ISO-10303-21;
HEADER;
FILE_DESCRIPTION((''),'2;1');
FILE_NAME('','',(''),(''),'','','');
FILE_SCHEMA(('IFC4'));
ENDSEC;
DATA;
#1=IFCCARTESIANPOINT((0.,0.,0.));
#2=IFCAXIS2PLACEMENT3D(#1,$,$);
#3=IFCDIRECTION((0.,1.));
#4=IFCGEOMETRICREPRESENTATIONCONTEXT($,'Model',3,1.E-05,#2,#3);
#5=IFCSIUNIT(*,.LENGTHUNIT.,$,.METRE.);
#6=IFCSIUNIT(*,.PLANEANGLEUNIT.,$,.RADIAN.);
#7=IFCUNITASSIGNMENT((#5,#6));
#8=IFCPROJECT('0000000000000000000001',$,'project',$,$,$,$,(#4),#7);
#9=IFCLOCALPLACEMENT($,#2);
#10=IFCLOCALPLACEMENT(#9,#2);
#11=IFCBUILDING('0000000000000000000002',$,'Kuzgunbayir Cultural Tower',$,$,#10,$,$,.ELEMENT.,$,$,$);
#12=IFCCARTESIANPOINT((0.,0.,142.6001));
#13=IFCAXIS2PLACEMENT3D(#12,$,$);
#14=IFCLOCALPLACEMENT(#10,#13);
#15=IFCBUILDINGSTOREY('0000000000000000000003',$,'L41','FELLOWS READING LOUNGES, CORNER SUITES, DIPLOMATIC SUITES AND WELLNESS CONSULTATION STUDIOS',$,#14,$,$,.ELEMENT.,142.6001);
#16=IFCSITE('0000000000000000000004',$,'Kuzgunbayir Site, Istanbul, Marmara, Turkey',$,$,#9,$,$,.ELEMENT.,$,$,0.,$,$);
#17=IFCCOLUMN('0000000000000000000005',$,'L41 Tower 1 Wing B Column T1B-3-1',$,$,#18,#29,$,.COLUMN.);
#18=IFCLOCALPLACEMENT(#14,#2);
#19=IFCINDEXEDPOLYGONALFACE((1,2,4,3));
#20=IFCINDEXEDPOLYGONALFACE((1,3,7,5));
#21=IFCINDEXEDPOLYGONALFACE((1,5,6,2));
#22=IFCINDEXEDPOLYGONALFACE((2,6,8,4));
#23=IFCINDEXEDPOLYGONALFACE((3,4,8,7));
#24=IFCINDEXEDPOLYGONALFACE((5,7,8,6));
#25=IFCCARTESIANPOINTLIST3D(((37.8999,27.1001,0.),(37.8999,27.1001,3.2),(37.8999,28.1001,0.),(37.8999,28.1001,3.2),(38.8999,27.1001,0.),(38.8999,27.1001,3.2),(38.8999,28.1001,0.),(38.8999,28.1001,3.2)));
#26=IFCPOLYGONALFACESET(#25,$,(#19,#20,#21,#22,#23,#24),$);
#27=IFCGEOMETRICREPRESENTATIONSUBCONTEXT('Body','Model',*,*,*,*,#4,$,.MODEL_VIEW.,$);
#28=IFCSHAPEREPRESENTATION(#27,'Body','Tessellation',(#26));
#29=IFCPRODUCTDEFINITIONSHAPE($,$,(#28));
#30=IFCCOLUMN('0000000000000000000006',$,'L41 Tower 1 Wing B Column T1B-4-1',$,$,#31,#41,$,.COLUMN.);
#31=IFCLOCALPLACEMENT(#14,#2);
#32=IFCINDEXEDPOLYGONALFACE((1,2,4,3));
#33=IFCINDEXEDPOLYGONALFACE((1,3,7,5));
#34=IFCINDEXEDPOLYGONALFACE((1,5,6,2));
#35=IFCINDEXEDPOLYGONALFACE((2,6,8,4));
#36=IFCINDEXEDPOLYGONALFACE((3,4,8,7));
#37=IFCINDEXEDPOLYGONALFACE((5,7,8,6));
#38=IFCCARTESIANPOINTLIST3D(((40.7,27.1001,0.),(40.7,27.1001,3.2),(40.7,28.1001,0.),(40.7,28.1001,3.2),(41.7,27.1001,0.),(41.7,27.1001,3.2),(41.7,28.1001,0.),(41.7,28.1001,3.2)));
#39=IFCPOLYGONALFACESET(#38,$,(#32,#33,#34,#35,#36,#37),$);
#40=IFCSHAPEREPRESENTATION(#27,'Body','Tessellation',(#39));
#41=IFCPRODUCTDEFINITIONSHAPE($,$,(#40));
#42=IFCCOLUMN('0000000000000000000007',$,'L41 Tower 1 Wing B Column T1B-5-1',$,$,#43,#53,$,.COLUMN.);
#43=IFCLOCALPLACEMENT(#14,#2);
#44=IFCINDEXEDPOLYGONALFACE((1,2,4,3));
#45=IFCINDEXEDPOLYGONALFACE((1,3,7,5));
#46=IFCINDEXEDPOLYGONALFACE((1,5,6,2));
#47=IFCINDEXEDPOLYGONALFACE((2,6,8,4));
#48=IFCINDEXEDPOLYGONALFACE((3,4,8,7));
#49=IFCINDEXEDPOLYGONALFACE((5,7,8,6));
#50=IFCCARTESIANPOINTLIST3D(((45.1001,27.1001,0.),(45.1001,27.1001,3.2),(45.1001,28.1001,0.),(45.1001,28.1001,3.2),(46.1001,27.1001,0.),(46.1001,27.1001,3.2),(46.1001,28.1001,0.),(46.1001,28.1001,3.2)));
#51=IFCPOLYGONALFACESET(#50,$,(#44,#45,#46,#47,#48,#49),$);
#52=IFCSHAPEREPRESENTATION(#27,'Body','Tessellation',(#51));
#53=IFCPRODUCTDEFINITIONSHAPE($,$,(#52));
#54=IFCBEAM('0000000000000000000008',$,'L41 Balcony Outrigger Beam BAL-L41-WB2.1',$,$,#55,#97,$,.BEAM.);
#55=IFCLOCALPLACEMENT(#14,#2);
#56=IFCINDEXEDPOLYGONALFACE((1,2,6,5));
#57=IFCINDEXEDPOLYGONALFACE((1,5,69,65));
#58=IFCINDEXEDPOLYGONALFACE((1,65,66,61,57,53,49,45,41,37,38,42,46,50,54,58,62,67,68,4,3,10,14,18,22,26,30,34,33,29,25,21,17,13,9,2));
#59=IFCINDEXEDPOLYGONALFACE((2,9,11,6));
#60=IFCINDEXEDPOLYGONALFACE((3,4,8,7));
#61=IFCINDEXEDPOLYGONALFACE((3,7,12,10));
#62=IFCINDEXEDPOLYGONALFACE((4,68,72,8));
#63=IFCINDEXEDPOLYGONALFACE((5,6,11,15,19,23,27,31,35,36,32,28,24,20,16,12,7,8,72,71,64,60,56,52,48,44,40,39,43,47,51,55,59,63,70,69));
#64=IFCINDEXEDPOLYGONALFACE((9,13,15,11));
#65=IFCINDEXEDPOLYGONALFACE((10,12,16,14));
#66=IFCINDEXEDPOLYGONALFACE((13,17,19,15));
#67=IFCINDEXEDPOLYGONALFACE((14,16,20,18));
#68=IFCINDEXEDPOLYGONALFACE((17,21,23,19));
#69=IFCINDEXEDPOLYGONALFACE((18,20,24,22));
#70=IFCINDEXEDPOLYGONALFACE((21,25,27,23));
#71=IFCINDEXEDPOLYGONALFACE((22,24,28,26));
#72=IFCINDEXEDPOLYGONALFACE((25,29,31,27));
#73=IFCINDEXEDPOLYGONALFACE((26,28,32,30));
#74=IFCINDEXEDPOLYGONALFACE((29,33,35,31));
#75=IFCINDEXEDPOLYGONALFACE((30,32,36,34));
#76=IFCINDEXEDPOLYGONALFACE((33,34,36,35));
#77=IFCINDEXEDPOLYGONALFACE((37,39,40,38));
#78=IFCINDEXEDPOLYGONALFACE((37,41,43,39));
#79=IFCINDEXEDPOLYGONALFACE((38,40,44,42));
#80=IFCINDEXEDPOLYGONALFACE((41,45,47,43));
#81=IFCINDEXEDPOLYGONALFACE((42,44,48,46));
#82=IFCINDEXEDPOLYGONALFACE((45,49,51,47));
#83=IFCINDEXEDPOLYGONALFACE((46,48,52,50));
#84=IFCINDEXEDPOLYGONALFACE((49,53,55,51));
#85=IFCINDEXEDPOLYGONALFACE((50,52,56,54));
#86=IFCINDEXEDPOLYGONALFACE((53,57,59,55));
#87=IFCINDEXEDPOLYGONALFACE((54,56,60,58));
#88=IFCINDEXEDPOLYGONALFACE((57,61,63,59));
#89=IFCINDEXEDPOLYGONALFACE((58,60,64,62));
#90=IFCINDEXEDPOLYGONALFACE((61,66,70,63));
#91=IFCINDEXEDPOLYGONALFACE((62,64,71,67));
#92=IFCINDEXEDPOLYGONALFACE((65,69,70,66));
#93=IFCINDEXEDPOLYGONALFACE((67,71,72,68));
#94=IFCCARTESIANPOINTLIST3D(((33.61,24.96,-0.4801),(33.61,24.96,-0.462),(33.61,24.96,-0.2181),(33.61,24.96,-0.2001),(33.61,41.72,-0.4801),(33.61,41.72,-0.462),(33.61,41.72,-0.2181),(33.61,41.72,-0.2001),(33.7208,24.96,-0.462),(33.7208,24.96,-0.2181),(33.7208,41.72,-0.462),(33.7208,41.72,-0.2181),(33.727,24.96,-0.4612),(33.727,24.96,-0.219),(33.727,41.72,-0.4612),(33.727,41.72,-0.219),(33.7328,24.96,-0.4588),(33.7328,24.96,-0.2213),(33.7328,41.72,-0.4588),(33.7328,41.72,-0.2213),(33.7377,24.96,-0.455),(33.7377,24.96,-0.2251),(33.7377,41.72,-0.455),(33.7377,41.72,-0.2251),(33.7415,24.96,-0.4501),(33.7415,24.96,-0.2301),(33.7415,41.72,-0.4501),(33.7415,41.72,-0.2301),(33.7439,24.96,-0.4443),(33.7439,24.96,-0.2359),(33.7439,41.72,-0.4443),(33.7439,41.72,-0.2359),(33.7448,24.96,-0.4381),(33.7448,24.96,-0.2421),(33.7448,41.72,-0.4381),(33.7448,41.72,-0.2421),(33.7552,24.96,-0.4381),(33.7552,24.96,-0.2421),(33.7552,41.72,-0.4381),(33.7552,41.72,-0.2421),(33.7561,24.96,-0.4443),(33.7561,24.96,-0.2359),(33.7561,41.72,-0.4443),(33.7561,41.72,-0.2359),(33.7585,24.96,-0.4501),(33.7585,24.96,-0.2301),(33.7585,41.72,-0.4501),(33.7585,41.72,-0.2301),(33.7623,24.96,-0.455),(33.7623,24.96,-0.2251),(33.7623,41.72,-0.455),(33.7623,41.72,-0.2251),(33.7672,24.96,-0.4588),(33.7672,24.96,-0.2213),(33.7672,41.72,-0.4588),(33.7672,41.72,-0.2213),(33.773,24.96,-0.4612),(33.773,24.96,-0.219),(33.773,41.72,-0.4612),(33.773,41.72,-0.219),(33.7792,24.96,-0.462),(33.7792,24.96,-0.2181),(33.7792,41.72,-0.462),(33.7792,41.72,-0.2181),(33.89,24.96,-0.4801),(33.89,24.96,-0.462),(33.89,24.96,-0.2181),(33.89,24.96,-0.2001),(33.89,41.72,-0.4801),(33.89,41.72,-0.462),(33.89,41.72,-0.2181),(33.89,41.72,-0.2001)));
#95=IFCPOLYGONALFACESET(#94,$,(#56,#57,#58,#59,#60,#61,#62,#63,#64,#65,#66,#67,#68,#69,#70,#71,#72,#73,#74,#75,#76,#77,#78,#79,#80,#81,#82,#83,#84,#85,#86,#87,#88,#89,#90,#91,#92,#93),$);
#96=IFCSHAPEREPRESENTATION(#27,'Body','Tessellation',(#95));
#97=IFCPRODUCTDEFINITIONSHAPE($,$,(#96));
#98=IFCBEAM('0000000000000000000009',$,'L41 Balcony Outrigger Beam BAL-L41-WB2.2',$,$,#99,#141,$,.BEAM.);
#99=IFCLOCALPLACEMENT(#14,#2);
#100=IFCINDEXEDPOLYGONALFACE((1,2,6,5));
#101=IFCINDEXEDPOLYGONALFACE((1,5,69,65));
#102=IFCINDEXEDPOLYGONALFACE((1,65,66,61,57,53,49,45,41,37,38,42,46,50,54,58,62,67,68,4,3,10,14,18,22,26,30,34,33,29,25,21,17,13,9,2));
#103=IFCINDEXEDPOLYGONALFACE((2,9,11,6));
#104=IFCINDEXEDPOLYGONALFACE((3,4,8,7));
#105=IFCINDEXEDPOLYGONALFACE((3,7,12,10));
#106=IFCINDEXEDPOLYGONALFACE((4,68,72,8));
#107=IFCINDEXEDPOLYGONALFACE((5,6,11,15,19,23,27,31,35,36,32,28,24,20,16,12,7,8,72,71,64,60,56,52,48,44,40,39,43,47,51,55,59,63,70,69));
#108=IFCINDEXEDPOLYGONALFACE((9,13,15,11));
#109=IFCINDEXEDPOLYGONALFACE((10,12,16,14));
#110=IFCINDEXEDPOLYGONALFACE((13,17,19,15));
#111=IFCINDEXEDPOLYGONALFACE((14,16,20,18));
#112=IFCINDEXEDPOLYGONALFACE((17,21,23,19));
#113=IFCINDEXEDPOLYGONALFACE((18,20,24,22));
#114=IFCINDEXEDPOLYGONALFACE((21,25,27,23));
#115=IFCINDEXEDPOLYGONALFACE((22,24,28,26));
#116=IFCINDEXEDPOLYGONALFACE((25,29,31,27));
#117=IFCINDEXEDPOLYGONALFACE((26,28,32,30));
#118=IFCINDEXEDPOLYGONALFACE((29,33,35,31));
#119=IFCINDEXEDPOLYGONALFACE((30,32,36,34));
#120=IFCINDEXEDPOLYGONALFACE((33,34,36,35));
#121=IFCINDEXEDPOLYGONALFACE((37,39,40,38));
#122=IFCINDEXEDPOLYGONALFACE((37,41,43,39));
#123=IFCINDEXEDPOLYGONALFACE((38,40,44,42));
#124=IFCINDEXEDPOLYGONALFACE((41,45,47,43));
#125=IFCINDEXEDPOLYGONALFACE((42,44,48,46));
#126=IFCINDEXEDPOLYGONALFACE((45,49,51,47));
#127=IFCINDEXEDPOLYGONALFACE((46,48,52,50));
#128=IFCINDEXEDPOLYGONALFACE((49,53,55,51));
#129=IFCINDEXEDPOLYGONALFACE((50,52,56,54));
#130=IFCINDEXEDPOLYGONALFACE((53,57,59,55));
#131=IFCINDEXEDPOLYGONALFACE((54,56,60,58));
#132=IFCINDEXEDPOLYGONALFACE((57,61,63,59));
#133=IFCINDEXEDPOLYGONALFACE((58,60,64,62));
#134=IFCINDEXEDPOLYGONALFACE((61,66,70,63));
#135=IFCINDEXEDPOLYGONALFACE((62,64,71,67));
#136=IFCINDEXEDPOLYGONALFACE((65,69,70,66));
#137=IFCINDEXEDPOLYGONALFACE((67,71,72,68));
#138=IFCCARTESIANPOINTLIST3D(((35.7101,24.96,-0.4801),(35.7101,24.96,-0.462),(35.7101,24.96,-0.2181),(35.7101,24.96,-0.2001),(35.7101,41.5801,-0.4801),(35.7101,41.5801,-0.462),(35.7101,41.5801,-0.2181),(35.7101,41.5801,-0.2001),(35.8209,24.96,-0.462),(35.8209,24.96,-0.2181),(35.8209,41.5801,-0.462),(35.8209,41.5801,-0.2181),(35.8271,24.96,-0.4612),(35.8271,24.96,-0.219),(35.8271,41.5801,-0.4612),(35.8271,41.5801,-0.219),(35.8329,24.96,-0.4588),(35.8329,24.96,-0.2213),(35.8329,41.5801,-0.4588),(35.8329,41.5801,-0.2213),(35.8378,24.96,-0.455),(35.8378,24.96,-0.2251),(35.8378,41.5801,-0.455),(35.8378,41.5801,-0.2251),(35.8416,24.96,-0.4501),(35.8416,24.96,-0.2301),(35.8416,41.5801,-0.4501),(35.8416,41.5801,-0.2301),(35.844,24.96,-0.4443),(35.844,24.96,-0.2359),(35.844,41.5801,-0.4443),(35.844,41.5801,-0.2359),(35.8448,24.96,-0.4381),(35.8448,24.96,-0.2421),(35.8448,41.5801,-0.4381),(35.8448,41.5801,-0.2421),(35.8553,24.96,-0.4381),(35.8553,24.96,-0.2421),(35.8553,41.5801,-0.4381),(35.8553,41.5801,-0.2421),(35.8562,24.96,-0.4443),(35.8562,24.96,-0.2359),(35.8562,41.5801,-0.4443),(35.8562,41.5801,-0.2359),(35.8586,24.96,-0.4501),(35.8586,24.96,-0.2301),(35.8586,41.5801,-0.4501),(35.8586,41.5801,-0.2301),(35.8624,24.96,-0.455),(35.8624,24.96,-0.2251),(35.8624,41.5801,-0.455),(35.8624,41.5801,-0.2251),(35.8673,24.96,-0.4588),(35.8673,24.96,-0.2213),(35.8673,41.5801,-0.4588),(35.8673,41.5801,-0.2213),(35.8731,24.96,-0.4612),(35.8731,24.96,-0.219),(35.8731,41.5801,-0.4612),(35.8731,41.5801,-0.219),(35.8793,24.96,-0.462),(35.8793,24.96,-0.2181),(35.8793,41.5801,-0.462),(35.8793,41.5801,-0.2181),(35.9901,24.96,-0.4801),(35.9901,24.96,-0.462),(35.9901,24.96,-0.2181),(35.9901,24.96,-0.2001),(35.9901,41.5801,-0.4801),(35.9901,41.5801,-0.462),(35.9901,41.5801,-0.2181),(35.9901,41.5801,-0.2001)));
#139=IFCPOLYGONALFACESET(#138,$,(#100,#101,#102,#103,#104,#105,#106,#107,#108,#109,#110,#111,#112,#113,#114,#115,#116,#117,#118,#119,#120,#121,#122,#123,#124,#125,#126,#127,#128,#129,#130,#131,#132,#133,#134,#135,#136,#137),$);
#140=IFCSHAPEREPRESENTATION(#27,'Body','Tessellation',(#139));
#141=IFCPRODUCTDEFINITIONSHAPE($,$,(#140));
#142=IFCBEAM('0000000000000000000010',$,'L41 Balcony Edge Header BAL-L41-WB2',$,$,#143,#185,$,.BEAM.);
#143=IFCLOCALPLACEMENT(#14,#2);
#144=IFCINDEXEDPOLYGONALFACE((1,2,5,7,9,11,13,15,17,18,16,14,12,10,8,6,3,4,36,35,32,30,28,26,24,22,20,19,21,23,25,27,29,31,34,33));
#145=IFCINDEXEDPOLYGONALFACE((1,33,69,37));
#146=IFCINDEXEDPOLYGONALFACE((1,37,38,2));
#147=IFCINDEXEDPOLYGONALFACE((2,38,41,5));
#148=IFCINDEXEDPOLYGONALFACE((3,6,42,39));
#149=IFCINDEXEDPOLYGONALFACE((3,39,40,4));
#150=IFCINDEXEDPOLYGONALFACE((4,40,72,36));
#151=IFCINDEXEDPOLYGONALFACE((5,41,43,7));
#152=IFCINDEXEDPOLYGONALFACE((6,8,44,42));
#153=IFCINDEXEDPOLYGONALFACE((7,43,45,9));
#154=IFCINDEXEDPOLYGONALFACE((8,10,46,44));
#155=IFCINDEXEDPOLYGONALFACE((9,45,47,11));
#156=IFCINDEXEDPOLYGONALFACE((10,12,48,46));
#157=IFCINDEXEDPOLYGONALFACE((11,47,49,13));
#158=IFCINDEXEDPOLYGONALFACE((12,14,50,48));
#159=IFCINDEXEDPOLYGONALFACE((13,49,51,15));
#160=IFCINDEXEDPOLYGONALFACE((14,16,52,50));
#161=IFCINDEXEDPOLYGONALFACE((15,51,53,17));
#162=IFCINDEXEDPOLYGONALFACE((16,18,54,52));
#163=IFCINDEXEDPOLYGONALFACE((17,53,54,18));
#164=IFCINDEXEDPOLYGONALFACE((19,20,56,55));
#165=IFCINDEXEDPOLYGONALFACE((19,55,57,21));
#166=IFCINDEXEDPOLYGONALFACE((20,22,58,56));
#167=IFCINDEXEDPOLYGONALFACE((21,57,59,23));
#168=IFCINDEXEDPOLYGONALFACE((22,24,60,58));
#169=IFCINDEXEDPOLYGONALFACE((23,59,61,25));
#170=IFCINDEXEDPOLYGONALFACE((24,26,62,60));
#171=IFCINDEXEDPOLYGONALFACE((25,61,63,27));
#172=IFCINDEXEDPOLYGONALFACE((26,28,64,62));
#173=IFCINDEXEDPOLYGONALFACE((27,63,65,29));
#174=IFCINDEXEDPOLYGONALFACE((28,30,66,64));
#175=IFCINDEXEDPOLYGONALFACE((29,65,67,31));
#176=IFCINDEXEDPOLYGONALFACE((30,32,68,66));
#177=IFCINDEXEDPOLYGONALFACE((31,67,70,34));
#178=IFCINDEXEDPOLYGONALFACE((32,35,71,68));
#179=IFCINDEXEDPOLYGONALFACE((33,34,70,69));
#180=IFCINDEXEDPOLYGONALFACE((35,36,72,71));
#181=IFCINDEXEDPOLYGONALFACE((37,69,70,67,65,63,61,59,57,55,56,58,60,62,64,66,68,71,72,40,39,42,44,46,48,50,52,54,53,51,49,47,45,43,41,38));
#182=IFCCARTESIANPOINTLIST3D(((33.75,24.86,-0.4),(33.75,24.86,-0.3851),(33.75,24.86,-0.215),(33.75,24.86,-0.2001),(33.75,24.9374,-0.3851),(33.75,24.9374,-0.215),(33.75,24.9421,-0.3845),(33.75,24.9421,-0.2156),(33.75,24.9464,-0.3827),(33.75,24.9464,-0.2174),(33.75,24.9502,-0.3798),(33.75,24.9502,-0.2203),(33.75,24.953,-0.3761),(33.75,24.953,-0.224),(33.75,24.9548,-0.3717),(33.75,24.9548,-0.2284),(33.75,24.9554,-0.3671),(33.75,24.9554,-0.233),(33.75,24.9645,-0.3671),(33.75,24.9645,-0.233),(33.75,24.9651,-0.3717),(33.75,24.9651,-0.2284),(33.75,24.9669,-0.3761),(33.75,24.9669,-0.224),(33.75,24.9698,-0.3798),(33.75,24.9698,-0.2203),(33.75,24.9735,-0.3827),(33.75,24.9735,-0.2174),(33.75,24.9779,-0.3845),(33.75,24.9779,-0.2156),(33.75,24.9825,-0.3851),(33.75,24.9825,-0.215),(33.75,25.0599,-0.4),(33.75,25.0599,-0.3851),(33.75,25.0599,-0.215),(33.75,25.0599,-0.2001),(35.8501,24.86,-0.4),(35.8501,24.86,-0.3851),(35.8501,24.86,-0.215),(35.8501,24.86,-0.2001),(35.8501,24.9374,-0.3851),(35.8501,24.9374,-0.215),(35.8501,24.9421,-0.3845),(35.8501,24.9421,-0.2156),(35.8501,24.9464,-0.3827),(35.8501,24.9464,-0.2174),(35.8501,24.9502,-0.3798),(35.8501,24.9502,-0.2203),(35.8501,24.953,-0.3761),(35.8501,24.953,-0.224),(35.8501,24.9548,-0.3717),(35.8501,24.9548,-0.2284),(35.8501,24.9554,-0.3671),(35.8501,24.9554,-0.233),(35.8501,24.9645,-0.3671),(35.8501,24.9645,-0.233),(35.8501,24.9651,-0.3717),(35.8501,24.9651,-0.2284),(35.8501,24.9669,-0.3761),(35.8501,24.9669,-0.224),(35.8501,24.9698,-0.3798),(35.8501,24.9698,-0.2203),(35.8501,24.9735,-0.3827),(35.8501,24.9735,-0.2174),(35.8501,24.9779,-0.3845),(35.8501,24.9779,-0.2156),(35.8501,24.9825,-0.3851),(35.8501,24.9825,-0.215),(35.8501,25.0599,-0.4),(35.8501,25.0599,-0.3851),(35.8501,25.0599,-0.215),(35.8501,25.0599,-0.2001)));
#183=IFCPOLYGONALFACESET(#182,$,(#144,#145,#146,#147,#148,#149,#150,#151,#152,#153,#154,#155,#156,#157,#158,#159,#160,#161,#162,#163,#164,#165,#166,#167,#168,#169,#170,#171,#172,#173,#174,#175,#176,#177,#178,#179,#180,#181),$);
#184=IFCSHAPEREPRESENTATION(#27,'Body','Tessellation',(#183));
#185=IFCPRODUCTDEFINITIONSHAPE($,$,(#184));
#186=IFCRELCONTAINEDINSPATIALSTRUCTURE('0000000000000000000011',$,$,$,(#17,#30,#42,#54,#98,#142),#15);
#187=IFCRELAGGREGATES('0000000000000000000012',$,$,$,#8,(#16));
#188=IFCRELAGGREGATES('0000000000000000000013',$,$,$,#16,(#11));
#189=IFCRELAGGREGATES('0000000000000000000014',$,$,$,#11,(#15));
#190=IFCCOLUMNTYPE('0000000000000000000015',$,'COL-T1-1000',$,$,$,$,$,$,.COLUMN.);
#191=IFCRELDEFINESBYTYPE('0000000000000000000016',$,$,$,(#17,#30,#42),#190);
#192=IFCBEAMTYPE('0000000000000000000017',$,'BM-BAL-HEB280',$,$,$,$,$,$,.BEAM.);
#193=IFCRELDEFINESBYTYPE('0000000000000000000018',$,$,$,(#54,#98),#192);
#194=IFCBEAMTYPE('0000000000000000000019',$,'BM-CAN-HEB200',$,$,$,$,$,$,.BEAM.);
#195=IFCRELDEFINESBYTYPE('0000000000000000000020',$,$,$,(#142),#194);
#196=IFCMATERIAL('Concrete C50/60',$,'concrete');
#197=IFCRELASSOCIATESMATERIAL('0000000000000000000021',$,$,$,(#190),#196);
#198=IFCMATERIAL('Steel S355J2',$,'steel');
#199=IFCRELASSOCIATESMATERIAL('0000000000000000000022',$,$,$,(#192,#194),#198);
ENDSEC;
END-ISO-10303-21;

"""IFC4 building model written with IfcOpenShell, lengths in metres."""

from ifc_helpers import new_model, si_unit, direction, frame, origin, origin_2d, place, context, subcontext, project, spatial, rectangle, i_section, extrude, material, material_profile, profile_set, type_object, element, save


model = new_model("IFC4")

# Units and contexts
model_context = context("Model", 3, precision=1e-05, world=origin(), true_north=direction((0.0, 1.0)))
body_context = subcontext(model_context, "Body", "Model", "MODEL_VIEW")
ifc_project = project(units=[si_unit("LENGTHUNIT", "METRE"), si_unit("PLANEANGLEUNIT", "RADIAN")], contexts=[model_context])

# Site, building, storey
site_placement = place(None, origin())
site = spatial("IfcSite", under=ifc_project, at=site_placement, Name="Kuzgunbayir Site, Istanbul, Marmara, Turkey", CompositionType="ELEMENT", RefElevation=0.0)
building_placement = place(site_placement, origin())
building = spatial("IfcBuilding", under=site, at=building_placement, Name="Kuzgunbayir Cultural Tower", CompositionType="ELEMENT")
storey_placement = place(building_placement, frame((0.0, 0.0, 142.6001)))
storey = spatial("IfcBuildingStorey", under=building, at=storey_placement, Name="L41", Description="FELLOWS READING LOUNGES, CORNER SUITES, DIPLOMATIC SUITES AND WELLNESS CONSULTATION STUDIOS", CompositionType="ELEMENT", Elevation=142.6001)

# Columns
ifc_material_1 = material(Name="Concrete C50/60", Category="concrete")
ifc_material_profile_1 = material_profile(ifc_material_1, rectangle(XDim=1.0, YDim=1.0, at=origin_2d()), Name="RC 1000x1000")
ifc_profile_set_1 = profile_set([ifc_material_profile_1], Name="Concrete C50/60")
column_type = type_object("IfcColumnType", Name="COL-T1-1000", PredefinedType="COLUMN", material=ifc_profile_set_1)
for number, where, z_axis, x_axis, name in (
    (1, (38.3999, 27.6001, 0.0), (0.0, 0.0, 1.0), (1.0, 0.0, 0.0), "L41 Tower 1 Wing B Column T1B-3-1"),
    (2, (41.2, 27.6001, 0.0), (0.0, 0.0, 1.0), (1.0, 0.0, 0.0), "L41 Tower 1 Wing B Column T1B-4-1"),
    (3, (45.6001, 27.6001, 0.0), (0.0, 0.0, 1.0), (1.0, 0.0, 0.0), "L41 Tower 1 Wing B Column T1B-5-1"),
):
    element("IfcColumn", number, at=place(storey_placement, frame(where, z_axis=z_axis, x_axis=x_axis)), inside=storey, type_object=column_type, Name=name, PredefinedType="COLUMN", context=body_context, shape_type="SweptSolid", body=[
        extrude(rectangle(XDim=1.0, YDim=1.0, at=origin_2d()), origin(), (0.0, 0.0, 1.0), 3.2),
    ])

# Beams
ifc_material_2 = material(Name="Steel S355J2", Category="steel")
ifc_material_profile_2 = material_profile(ifc_material_2, i_section(OverallWidth=0.28, OverallDepth=0.28, WebThickness=0.0105, FlangeThickness=0.0181, FilletRadius=0.0239, at=origin_2d()), Name="HEB 280")
ifc_profile_set_2 = profile_set([ifc_material_profile_2], Name="Steel S355J2")
beam_type_1 = type_object("IfcBeamType", Name="BM-BAL-HEB280", PredefinedType="BEAM", material=ifc_profile_set_2)
beam_1_placement = place(storey_placement, frame((33.75, 24.96, -0.3401), z_axis=(0.0, 1.0, 0.0), x_axis=(-1.0, 0.0, 0.0)))
element("IfcBeam", 4, at=beam_1_placement, inside=storey, type_object=beam_type_1, Name="L41 Balcony Outrigger Beam BAL-L41-WB2.1", PredefinedType="BEAM", context=body_context, shape_type="SweptSolid", body=[
    extrude(i_section(OverallWidth=0.28, OverallDepth=0.28, WebThickness=0.0105, FlangeThickness=0.0181, FilletRadius=0.0239, at=origin_2d()), origin(), (0.0, 0.0, 1.0), 16.76),
])
beam_2_placement = place(storey_placement, frame((35.8501, 24.96, -0.3401), z_axis=(0.0, 1.0, 0.0), x_axis=(-1.0, 0.0, 0.0)))
element("IfcBeam", 5, at=beam_2_placement, inside=storey, type_object=beam_type_1, Name="L41 Balcony Outrigger Beam BAL-L41-WB2.2", PredefinedType="BEAM", context=body_context, shape_type="SweptSolid", body=[
    extrude(i_section(OverallWidth=0.28, OverallDepth=0.28, WebThickness=0.0105, FlangeThickness=0.0181, FilletRadius=0.0239, at=origin_2d()), origin(), (0.0, 0.0, 1.0), 16.6201),
])
ifc_material_profile_3 = material_profile(ifc_material_2, i_section(OverallWidth=0.2, OverallDepth=0.2, WebThickness=0.009, FlangeThickness=0.0149, FilletRadius=0.0181, at=origin_2d()), Name="HEB 200")
ifc_profile_set_3 = profile_set([ifc_material_profile_3], Name="Steel S355J2")
beam_type_2 = type_object("IfcBeamType", Name="BM-CAN-HEB200", PredefinedType="BEAM", material=ifc_profile_set_3)
beam_3_placement = place(storey_placement, frame((33.75, 24.96, -0.3), z_axis=(1.0, 0.0, 0.0), x_axis=(0.0, 1.0, 0.0)))
element("IfcBeam", 6, at=beam_3_placement, inside=storey, type_object=beam_type_2, Name="L41 Balcony Edge Header BAL-L41-WB2", PredefinedType="BEAM", context=body_context, shape_type="SweptSolid", body=[
    extrude(i_section(OverallWidth=0.2, OverallDepth=0.2, WebThickness=0.009, FlangeThickness=0.0149, FilletRadius=0.0181, at=origin_2d()), origin(), (0.0, 0.0, 1.0), 2.1001),
])

save(model, "model.ifc")
